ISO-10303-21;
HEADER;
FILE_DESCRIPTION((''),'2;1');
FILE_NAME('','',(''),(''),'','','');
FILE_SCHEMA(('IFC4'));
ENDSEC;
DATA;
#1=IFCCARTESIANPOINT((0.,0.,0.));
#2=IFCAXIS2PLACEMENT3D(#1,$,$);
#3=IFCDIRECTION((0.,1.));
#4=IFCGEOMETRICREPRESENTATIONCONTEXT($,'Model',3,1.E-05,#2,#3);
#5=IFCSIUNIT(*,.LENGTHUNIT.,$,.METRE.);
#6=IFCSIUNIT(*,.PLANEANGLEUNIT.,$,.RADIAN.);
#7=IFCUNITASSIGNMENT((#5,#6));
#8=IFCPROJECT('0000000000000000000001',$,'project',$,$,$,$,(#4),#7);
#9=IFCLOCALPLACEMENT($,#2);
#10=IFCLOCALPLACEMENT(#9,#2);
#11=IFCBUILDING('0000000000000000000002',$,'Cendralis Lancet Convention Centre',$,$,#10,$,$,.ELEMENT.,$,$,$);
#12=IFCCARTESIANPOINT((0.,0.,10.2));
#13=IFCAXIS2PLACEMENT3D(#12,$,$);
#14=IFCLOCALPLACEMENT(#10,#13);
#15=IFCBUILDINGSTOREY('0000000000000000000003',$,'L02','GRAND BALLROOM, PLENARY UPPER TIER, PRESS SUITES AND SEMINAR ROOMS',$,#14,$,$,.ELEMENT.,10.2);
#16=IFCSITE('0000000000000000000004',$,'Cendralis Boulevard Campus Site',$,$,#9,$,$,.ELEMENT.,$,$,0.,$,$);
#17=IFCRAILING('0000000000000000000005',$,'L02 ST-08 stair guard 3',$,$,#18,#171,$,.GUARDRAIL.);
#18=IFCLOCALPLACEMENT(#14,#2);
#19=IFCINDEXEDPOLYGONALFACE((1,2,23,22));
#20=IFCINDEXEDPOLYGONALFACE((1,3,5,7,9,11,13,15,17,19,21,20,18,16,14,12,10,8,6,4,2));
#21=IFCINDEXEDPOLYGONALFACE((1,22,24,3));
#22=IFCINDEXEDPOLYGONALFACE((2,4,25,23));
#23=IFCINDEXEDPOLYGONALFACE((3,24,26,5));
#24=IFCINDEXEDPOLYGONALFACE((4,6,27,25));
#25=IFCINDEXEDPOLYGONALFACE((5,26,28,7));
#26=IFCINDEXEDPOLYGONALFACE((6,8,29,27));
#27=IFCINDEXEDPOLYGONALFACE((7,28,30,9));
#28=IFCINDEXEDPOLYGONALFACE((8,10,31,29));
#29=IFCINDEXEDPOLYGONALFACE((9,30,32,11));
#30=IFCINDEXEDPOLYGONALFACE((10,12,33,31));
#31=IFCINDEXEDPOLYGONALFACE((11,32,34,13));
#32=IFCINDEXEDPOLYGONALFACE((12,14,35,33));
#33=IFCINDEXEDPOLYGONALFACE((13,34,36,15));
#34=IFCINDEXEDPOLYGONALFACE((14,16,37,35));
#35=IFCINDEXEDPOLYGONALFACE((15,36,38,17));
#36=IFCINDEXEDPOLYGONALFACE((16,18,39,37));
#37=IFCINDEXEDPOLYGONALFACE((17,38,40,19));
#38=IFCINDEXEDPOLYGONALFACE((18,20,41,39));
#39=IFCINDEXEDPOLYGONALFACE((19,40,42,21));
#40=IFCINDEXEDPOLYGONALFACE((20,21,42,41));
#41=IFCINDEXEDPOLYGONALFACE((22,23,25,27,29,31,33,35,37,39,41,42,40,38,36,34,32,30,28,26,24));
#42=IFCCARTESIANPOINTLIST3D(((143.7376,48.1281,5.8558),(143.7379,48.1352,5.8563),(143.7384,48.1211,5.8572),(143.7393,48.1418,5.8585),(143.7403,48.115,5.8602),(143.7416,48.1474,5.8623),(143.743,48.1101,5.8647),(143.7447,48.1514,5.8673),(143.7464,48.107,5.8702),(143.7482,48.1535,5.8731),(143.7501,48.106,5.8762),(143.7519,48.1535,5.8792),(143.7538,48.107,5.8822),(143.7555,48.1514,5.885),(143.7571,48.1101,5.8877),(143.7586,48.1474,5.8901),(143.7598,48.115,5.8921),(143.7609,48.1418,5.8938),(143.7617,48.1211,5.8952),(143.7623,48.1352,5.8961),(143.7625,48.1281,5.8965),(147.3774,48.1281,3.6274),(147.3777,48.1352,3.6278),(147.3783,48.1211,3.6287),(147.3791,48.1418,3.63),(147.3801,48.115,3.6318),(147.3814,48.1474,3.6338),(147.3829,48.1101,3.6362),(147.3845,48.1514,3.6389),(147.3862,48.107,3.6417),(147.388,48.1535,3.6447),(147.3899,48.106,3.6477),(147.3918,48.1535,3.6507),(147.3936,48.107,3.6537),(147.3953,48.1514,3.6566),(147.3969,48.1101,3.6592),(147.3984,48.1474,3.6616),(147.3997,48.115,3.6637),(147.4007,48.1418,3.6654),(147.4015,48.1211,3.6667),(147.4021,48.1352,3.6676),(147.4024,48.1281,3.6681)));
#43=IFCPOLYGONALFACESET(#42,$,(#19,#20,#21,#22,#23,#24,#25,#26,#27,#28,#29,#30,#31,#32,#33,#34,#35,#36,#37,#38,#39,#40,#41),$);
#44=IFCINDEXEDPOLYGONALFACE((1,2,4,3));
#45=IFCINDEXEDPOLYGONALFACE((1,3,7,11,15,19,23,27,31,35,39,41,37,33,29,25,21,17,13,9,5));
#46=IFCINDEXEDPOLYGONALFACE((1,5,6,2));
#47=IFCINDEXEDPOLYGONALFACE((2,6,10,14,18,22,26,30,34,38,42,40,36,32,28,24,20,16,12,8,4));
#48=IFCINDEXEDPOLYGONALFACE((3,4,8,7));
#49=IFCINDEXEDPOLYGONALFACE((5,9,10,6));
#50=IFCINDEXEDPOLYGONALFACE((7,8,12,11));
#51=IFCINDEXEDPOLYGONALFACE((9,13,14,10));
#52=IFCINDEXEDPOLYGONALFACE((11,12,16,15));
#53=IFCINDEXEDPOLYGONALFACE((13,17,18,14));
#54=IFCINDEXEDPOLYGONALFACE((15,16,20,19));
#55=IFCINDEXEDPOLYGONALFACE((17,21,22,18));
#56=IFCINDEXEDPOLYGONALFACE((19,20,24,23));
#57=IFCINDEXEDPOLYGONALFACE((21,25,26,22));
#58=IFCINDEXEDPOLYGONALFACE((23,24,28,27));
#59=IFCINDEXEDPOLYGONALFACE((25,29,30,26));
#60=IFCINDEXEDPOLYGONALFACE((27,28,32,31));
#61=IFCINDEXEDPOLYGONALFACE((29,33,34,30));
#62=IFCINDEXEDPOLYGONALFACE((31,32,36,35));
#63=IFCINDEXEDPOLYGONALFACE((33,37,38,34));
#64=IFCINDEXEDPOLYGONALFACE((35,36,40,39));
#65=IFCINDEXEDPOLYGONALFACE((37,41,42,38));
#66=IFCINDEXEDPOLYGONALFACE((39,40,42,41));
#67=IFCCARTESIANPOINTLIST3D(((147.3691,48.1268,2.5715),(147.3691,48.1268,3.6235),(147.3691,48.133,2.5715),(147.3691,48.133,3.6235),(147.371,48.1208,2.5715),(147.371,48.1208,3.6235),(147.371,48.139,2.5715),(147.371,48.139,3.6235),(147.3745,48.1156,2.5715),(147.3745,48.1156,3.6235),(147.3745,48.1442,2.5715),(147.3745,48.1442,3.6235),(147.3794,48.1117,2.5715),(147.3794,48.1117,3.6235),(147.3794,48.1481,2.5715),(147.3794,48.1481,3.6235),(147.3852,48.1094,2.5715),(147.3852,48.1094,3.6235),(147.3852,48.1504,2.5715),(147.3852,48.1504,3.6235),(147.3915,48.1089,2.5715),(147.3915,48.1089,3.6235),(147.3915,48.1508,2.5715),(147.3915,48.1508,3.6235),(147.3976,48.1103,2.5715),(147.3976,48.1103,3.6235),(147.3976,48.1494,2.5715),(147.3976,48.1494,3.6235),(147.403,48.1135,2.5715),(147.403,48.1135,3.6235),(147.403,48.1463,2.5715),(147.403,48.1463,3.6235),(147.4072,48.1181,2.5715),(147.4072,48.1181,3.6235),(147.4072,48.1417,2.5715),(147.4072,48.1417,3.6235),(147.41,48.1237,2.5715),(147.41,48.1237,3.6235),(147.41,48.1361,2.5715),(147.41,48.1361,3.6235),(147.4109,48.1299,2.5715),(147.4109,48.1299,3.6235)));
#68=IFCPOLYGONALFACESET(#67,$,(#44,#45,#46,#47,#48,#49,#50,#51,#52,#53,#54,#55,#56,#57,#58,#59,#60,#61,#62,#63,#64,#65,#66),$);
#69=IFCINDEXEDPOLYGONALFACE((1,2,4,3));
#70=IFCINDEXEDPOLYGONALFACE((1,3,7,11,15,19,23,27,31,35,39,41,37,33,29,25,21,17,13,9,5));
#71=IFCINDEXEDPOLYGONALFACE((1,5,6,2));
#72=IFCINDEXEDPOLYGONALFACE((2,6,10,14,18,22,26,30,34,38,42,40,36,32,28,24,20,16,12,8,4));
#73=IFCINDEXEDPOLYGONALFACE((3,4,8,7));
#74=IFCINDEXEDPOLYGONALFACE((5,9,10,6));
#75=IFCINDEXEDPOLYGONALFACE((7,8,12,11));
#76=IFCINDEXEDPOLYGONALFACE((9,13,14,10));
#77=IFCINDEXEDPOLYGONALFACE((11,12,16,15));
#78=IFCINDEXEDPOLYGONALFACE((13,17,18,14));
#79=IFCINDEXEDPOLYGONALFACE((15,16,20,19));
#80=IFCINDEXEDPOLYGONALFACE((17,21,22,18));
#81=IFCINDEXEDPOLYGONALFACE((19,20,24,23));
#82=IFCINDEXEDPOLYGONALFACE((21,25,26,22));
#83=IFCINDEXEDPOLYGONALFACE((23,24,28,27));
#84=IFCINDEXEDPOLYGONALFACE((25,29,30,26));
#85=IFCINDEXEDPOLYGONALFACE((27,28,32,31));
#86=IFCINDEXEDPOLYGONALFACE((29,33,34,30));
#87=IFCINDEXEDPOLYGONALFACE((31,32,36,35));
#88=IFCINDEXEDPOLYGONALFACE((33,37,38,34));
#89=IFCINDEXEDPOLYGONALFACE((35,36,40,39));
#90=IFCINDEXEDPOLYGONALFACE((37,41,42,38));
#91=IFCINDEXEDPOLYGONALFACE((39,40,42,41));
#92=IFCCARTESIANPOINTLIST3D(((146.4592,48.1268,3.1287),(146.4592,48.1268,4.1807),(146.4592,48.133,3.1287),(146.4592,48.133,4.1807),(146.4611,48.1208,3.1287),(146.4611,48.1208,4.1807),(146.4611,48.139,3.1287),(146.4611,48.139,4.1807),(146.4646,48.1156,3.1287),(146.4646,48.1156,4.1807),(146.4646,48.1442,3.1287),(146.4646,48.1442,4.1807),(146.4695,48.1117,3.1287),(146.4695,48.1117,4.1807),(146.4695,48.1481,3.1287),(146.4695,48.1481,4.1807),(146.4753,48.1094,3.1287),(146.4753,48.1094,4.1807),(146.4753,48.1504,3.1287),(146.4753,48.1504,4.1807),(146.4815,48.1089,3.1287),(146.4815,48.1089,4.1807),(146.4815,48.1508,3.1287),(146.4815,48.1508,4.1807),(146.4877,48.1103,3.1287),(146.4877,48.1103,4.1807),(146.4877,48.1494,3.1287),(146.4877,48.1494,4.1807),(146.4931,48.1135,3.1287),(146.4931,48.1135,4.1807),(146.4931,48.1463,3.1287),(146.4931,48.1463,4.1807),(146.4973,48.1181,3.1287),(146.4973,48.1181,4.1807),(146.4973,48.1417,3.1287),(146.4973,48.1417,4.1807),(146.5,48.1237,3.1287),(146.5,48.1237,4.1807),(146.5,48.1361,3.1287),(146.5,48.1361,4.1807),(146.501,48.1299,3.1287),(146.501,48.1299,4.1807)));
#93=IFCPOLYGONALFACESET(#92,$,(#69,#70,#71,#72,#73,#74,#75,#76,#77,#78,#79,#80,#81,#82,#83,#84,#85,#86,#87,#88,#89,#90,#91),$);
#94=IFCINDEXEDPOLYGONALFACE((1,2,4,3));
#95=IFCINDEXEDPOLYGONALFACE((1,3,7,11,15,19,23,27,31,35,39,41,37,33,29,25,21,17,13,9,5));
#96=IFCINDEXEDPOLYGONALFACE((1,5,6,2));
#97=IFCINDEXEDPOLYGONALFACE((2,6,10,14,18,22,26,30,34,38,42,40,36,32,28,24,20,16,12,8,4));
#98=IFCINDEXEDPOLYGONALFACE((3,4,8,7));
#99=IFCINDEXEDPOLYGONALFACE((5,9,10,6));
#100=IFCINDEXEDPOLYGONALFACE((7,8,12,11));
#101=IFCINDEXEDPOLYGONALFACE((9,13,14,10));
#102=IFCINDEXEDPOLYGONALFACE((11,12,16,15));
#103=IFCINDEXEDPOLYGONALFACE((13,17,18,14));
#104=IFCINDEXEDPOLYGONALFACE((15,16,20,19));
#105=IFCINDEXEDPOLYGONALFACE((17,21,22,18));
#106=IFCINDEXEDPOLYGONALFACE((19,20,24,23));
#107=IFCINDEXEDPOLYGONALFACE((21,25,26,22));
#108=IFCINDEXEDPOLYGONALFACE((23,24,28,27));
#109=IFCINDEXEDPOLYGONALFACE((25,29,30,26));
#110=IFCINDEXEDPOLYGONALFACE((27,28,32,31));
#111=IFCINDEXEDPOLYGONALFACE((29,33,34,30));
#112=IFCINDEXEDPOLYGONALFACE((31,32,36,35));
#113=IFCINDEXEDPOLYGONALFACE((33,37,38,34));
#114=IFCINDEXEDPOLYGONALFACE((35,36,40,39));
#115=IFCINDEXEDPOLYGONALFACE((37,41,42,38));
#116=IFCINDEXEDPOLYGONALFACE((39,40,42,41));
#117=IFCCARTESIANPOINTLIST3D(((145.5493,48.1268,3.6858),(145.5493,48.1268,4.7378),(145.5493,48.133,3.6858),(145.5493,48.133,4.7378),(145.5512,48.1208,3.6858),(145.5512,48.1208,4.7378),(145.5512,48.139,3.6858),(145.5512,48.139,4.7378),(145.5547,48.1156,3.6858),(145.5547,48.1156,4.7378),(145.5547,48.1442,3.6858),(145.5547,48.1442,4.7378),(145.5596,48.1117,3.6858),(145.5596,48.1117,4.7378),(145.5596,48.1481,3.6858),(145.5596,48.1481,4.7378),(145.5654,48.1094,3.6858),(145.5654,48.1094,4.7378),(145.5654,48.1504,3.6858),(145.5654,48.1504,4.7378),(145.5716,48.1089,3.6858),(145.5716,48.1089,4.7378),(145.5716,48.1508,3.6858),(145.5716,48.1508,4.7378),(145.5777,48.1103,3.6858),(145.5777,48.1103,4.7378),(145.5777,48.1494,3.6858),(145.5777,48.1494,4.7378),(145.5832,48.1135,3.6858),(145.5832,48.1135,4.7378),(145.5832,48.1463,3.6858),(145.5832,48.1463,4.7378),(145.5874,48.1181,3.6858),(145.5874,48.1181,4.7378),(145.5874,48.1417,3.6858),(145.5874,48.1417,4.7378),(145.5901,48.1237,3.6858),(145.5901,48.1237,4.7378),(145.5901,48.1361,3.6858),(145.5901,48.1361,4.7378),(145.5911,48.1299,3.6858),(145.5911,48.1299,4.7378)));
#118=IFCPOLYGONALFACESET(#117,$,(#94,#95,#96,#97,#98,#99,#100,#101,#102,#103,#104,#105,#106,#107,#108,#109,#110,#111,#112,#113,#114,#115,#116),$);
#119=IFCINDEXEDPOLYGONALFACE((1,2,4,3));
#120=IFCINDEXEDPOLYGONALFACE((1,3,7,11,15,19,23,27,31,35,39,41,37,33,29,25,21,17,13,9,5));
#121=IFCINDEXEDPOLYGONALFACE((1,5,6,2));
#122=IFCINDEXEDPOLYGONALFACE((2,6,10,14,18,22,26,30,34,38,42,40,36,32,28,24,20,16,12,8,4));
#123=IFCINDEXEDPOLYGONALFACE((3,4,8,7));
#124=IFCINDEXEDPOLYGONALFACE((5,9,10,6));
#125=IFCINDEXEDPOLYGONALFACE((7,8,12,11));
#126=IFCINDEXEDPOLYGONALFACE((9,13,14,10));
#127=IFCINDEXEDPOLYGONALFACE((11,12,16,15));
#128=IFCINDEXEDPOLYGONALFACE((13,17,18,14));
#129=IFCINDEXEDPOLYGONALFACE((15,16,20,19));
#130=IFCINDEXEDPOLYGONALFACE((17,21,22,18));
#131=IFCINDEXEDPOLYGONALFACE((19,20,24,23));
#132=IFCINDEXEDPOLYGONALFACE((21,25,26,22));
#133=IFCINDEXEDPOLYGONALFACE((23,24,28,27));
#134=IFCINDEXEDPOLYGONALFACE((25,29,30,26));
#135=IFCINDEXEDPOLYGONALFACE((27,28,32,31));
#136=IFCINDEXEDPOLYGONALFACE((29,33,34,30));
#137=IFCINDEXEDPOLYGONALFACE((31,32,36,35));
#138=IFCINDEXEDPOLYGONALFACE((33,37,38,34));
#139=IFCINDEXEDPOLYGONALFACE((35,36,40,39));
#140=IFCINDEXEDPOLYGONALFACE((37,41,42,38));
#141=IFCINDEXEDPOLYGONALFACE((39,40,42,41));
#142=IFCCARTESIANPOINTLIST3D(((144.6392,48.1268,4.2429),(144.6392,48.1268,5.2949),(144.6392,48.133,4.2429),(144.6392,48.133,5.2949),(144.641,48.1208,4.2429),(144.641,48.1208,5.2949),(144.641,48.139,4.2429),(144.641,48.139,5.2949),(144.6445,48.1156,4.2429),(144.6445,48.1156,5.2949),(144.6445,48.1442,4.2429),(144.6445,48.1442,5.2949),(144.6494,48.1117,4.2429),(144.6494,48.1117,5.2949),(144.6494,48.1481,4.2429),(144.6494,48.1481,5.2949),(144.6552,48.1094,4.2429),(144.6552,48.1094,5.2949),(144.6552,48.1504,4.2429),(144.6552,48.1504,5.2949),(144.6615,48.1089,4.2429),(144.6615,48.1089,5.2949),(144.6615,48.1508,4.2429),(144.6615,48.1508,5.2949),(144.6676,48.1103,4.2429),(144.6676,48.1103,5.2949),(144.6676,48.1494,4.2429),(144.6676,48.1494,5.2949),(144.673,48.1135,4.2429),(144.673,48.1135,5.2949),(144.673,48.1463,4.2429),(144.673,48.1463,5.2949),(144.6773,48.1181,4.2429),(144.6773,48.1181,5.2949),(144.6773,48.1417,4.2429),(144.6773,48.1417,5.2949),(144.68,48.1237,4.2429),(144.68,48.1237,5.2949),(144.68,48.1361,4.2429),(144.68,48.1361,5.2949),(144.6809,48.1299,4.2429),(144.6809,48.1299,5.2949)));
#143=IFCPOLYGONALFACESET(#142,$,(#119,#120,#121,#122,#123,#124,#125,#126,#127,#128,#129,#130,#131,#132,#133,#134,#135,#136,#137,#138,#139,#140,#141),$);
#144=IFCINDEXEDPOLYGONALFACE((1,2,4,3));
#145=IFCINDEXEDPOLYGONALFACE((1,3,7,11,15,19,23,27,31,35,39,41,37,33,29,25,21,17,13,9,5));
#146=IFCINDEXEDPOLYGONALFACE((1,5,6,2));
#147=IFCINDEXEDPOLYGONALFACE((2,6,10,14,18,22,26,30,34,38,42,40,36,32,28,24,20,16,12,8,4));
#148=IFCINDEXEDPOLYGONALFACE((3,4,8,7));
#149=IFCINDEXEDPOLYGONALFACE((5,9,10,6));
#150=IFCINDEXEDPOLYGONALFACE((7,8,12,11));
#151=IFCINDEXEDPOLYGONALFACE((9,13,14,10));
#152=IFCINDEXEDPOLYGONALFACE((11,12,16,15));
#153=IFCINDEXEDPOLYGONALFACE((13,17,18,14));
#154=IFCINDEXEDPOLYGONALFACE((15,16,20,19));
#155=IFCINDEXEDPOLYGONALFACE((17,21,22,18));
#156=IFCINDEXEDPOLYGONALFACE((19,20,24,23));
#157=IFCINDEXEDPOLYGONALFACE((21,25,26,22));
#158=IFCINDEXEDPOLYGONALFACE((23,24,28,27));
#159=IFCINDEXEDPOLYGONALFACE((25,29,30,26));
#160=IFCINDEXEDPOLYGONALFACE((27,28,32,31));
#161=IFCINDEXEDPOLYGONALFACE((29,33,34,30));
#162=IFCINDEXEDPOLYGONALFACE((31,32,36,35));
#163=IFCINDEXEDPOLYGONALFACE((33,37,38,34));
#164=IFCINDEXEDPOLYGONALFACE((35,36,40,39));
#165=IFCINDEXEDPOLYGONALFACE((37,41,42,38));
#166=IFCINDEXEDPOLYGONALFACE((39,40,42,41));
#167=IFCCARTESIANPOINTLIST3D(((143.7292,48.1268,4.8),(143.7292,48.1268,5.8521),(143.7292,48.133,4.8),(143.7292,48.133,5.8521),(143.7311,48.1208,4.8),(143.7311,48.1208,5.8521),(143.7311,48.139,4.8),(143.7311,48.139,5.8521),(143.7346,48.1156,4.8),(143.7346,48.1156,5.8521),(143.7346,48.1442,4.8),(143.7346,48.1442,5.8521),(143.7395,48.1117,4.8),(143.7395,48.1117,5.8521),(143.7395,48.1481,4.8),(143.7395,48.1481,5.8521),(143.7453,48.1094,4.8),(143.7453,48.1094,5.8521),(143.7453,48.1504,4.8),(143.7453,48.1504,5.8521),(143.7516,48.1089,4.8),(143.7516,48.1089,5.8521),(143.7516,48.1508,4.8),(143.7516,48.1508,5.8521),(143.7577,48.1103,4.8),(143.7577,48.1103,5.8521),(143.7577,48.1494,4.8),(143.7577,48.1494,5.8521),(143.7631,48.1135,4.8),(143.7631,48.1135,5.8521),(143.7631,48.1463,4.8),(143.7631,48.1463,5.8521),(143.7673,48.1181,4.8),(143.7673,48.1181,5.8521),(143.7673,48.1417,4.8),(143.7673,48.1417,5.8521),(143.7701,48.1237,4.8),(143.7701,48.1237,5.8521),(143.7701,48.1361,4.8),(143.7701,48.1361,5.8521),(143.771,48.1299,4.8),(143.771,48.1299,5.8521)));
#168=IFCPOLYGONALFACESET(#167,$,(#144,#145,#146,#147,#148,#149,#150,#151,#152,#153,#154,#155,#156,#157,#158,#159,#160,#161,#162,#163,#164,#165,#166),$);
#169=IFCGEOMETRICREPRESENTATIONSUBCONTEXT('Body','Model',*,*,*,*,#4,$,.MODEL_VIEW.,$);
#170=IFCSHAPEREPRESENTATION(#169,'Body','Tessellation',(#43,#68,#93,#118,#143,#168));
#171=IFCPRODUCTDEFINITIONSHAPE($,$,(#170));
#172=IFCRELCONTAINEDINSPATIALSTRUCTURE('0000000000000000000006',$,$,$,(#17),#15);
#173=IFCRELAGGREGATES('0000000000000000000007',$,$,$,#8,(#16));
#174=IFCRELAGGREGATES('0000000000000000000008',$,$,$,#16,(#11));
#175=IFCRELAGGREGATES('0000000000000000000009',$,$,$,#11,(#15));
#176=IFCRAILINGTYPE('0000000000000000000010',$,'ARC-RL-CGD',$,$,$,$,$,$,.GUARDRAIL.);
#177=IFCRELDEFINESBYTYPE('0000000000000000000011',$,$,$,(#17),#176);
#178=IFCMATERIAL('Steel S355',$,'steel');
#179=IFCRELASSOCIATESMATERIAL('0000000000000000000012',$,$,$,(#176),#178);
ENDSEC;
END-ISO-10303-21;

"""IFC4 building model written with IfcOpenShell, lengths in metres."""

from ifc_helpers import new_model, si_unit, direction, frame, origin, origin_2d, place, context, subcontext, project, spatial, circle, extrude, material, type_object, element, save


model = new_model("IFC4")

# Units and contexts
model_context = context("Model", 3, precision=1e-05, world=origin(), true_north=direction((0.0, 1.0)))
body_context = subcontext(model_context, "Body", "Model", "MODEL_VIEW")
ifc_project = project(units=[si_unit("LENGTHUNIT", "METRE"), si_unit("PLANEANGLEUNIT", "RADIAN")], contexts=[model_context])

# Site, building, storey
site_placement = place(None, origin())
site = spatial("IfcSite", under=ifc_project, at=site_placement, Name="Cendralis Boulevard Campus Site", CompositionType="ELEMENT", RefElevation=0.0)
building_placement = place(site_placement, origin())
building = spatial("IfcBuilding", under=site, at=building_placement, Name="Cendralis Lancet Convention Centre", CompositionType="ELEMENT")
storey_placement = place(building_placement, frame((0.0, 0.0, 10.2)))
storey = spatial("IfcBuildingStorey", under=building, at=storey_placement, Name="L02", Description="GRAND BALLROOM, PLENARY UPPER TIER, PRESS SUITES AND SEMINAR ROOMS", CompositionType="ELEMENT", Elevation=10.2)

# Shared definitions
ifc_material_1 = material(Name="Steel S355", Category="steel")

# Railing
railing_type_1 = type_object("IfcRailingType", Name="ARC-RL-CGD", PredefinedType="GUARDRAIL", material=ifc_material_1)
railing_1_placement = place(storey_placement, frame((147.3899, 48.1299, 2.5715)))
element("IfcRailing", 1, at=railing_1_placement, inside=storey, type_object=railing_type_1, Name="L02 ST-08 stair guard 3", PredefinedType="GUARDRAIL", context=body_context, shape_type="SweptSolid", body=[
    extrude(circle(Radius=0.0239, at=origin_2d()), frame((0.0, 0.0, 1.0762), z_axis=(-0.85285, 0.0, 0.522156), x_axis=(0.0, -1.0, 0.0)), (0.0, 0.0, 1.0), 4.2678),
    extrude(circle(Radius=0.021, at=origin_2d()), origin(), (0.0, 0.0, 1.0), 1.052),
    extrude(circle(Radius=0.021, at=origin_2d()), frame((-0.9099, 0.0, 0.5571)), (0.0, 0.0, 1.0), 1.052),
    extrude(circle(Radius=0.021, at=origin_2d()), frame((-1.8198, 0.0, 1.1143)), (0.0, 0.0, 1.0), 1.052),
    extrude(circle(Radius=0.021, at=origin_2d()), frame((-2.73, 0.0, 1.6714)), (0.0, 0.0, 1.0), 1.052),
    extrude(circle(Radius=0.021, at=origin_2d()), frame((-3.6399, 0.0, 2.2285)), (0.0, 0.0, 1.0), 1.052),
])

save(model, "model.ifc")
